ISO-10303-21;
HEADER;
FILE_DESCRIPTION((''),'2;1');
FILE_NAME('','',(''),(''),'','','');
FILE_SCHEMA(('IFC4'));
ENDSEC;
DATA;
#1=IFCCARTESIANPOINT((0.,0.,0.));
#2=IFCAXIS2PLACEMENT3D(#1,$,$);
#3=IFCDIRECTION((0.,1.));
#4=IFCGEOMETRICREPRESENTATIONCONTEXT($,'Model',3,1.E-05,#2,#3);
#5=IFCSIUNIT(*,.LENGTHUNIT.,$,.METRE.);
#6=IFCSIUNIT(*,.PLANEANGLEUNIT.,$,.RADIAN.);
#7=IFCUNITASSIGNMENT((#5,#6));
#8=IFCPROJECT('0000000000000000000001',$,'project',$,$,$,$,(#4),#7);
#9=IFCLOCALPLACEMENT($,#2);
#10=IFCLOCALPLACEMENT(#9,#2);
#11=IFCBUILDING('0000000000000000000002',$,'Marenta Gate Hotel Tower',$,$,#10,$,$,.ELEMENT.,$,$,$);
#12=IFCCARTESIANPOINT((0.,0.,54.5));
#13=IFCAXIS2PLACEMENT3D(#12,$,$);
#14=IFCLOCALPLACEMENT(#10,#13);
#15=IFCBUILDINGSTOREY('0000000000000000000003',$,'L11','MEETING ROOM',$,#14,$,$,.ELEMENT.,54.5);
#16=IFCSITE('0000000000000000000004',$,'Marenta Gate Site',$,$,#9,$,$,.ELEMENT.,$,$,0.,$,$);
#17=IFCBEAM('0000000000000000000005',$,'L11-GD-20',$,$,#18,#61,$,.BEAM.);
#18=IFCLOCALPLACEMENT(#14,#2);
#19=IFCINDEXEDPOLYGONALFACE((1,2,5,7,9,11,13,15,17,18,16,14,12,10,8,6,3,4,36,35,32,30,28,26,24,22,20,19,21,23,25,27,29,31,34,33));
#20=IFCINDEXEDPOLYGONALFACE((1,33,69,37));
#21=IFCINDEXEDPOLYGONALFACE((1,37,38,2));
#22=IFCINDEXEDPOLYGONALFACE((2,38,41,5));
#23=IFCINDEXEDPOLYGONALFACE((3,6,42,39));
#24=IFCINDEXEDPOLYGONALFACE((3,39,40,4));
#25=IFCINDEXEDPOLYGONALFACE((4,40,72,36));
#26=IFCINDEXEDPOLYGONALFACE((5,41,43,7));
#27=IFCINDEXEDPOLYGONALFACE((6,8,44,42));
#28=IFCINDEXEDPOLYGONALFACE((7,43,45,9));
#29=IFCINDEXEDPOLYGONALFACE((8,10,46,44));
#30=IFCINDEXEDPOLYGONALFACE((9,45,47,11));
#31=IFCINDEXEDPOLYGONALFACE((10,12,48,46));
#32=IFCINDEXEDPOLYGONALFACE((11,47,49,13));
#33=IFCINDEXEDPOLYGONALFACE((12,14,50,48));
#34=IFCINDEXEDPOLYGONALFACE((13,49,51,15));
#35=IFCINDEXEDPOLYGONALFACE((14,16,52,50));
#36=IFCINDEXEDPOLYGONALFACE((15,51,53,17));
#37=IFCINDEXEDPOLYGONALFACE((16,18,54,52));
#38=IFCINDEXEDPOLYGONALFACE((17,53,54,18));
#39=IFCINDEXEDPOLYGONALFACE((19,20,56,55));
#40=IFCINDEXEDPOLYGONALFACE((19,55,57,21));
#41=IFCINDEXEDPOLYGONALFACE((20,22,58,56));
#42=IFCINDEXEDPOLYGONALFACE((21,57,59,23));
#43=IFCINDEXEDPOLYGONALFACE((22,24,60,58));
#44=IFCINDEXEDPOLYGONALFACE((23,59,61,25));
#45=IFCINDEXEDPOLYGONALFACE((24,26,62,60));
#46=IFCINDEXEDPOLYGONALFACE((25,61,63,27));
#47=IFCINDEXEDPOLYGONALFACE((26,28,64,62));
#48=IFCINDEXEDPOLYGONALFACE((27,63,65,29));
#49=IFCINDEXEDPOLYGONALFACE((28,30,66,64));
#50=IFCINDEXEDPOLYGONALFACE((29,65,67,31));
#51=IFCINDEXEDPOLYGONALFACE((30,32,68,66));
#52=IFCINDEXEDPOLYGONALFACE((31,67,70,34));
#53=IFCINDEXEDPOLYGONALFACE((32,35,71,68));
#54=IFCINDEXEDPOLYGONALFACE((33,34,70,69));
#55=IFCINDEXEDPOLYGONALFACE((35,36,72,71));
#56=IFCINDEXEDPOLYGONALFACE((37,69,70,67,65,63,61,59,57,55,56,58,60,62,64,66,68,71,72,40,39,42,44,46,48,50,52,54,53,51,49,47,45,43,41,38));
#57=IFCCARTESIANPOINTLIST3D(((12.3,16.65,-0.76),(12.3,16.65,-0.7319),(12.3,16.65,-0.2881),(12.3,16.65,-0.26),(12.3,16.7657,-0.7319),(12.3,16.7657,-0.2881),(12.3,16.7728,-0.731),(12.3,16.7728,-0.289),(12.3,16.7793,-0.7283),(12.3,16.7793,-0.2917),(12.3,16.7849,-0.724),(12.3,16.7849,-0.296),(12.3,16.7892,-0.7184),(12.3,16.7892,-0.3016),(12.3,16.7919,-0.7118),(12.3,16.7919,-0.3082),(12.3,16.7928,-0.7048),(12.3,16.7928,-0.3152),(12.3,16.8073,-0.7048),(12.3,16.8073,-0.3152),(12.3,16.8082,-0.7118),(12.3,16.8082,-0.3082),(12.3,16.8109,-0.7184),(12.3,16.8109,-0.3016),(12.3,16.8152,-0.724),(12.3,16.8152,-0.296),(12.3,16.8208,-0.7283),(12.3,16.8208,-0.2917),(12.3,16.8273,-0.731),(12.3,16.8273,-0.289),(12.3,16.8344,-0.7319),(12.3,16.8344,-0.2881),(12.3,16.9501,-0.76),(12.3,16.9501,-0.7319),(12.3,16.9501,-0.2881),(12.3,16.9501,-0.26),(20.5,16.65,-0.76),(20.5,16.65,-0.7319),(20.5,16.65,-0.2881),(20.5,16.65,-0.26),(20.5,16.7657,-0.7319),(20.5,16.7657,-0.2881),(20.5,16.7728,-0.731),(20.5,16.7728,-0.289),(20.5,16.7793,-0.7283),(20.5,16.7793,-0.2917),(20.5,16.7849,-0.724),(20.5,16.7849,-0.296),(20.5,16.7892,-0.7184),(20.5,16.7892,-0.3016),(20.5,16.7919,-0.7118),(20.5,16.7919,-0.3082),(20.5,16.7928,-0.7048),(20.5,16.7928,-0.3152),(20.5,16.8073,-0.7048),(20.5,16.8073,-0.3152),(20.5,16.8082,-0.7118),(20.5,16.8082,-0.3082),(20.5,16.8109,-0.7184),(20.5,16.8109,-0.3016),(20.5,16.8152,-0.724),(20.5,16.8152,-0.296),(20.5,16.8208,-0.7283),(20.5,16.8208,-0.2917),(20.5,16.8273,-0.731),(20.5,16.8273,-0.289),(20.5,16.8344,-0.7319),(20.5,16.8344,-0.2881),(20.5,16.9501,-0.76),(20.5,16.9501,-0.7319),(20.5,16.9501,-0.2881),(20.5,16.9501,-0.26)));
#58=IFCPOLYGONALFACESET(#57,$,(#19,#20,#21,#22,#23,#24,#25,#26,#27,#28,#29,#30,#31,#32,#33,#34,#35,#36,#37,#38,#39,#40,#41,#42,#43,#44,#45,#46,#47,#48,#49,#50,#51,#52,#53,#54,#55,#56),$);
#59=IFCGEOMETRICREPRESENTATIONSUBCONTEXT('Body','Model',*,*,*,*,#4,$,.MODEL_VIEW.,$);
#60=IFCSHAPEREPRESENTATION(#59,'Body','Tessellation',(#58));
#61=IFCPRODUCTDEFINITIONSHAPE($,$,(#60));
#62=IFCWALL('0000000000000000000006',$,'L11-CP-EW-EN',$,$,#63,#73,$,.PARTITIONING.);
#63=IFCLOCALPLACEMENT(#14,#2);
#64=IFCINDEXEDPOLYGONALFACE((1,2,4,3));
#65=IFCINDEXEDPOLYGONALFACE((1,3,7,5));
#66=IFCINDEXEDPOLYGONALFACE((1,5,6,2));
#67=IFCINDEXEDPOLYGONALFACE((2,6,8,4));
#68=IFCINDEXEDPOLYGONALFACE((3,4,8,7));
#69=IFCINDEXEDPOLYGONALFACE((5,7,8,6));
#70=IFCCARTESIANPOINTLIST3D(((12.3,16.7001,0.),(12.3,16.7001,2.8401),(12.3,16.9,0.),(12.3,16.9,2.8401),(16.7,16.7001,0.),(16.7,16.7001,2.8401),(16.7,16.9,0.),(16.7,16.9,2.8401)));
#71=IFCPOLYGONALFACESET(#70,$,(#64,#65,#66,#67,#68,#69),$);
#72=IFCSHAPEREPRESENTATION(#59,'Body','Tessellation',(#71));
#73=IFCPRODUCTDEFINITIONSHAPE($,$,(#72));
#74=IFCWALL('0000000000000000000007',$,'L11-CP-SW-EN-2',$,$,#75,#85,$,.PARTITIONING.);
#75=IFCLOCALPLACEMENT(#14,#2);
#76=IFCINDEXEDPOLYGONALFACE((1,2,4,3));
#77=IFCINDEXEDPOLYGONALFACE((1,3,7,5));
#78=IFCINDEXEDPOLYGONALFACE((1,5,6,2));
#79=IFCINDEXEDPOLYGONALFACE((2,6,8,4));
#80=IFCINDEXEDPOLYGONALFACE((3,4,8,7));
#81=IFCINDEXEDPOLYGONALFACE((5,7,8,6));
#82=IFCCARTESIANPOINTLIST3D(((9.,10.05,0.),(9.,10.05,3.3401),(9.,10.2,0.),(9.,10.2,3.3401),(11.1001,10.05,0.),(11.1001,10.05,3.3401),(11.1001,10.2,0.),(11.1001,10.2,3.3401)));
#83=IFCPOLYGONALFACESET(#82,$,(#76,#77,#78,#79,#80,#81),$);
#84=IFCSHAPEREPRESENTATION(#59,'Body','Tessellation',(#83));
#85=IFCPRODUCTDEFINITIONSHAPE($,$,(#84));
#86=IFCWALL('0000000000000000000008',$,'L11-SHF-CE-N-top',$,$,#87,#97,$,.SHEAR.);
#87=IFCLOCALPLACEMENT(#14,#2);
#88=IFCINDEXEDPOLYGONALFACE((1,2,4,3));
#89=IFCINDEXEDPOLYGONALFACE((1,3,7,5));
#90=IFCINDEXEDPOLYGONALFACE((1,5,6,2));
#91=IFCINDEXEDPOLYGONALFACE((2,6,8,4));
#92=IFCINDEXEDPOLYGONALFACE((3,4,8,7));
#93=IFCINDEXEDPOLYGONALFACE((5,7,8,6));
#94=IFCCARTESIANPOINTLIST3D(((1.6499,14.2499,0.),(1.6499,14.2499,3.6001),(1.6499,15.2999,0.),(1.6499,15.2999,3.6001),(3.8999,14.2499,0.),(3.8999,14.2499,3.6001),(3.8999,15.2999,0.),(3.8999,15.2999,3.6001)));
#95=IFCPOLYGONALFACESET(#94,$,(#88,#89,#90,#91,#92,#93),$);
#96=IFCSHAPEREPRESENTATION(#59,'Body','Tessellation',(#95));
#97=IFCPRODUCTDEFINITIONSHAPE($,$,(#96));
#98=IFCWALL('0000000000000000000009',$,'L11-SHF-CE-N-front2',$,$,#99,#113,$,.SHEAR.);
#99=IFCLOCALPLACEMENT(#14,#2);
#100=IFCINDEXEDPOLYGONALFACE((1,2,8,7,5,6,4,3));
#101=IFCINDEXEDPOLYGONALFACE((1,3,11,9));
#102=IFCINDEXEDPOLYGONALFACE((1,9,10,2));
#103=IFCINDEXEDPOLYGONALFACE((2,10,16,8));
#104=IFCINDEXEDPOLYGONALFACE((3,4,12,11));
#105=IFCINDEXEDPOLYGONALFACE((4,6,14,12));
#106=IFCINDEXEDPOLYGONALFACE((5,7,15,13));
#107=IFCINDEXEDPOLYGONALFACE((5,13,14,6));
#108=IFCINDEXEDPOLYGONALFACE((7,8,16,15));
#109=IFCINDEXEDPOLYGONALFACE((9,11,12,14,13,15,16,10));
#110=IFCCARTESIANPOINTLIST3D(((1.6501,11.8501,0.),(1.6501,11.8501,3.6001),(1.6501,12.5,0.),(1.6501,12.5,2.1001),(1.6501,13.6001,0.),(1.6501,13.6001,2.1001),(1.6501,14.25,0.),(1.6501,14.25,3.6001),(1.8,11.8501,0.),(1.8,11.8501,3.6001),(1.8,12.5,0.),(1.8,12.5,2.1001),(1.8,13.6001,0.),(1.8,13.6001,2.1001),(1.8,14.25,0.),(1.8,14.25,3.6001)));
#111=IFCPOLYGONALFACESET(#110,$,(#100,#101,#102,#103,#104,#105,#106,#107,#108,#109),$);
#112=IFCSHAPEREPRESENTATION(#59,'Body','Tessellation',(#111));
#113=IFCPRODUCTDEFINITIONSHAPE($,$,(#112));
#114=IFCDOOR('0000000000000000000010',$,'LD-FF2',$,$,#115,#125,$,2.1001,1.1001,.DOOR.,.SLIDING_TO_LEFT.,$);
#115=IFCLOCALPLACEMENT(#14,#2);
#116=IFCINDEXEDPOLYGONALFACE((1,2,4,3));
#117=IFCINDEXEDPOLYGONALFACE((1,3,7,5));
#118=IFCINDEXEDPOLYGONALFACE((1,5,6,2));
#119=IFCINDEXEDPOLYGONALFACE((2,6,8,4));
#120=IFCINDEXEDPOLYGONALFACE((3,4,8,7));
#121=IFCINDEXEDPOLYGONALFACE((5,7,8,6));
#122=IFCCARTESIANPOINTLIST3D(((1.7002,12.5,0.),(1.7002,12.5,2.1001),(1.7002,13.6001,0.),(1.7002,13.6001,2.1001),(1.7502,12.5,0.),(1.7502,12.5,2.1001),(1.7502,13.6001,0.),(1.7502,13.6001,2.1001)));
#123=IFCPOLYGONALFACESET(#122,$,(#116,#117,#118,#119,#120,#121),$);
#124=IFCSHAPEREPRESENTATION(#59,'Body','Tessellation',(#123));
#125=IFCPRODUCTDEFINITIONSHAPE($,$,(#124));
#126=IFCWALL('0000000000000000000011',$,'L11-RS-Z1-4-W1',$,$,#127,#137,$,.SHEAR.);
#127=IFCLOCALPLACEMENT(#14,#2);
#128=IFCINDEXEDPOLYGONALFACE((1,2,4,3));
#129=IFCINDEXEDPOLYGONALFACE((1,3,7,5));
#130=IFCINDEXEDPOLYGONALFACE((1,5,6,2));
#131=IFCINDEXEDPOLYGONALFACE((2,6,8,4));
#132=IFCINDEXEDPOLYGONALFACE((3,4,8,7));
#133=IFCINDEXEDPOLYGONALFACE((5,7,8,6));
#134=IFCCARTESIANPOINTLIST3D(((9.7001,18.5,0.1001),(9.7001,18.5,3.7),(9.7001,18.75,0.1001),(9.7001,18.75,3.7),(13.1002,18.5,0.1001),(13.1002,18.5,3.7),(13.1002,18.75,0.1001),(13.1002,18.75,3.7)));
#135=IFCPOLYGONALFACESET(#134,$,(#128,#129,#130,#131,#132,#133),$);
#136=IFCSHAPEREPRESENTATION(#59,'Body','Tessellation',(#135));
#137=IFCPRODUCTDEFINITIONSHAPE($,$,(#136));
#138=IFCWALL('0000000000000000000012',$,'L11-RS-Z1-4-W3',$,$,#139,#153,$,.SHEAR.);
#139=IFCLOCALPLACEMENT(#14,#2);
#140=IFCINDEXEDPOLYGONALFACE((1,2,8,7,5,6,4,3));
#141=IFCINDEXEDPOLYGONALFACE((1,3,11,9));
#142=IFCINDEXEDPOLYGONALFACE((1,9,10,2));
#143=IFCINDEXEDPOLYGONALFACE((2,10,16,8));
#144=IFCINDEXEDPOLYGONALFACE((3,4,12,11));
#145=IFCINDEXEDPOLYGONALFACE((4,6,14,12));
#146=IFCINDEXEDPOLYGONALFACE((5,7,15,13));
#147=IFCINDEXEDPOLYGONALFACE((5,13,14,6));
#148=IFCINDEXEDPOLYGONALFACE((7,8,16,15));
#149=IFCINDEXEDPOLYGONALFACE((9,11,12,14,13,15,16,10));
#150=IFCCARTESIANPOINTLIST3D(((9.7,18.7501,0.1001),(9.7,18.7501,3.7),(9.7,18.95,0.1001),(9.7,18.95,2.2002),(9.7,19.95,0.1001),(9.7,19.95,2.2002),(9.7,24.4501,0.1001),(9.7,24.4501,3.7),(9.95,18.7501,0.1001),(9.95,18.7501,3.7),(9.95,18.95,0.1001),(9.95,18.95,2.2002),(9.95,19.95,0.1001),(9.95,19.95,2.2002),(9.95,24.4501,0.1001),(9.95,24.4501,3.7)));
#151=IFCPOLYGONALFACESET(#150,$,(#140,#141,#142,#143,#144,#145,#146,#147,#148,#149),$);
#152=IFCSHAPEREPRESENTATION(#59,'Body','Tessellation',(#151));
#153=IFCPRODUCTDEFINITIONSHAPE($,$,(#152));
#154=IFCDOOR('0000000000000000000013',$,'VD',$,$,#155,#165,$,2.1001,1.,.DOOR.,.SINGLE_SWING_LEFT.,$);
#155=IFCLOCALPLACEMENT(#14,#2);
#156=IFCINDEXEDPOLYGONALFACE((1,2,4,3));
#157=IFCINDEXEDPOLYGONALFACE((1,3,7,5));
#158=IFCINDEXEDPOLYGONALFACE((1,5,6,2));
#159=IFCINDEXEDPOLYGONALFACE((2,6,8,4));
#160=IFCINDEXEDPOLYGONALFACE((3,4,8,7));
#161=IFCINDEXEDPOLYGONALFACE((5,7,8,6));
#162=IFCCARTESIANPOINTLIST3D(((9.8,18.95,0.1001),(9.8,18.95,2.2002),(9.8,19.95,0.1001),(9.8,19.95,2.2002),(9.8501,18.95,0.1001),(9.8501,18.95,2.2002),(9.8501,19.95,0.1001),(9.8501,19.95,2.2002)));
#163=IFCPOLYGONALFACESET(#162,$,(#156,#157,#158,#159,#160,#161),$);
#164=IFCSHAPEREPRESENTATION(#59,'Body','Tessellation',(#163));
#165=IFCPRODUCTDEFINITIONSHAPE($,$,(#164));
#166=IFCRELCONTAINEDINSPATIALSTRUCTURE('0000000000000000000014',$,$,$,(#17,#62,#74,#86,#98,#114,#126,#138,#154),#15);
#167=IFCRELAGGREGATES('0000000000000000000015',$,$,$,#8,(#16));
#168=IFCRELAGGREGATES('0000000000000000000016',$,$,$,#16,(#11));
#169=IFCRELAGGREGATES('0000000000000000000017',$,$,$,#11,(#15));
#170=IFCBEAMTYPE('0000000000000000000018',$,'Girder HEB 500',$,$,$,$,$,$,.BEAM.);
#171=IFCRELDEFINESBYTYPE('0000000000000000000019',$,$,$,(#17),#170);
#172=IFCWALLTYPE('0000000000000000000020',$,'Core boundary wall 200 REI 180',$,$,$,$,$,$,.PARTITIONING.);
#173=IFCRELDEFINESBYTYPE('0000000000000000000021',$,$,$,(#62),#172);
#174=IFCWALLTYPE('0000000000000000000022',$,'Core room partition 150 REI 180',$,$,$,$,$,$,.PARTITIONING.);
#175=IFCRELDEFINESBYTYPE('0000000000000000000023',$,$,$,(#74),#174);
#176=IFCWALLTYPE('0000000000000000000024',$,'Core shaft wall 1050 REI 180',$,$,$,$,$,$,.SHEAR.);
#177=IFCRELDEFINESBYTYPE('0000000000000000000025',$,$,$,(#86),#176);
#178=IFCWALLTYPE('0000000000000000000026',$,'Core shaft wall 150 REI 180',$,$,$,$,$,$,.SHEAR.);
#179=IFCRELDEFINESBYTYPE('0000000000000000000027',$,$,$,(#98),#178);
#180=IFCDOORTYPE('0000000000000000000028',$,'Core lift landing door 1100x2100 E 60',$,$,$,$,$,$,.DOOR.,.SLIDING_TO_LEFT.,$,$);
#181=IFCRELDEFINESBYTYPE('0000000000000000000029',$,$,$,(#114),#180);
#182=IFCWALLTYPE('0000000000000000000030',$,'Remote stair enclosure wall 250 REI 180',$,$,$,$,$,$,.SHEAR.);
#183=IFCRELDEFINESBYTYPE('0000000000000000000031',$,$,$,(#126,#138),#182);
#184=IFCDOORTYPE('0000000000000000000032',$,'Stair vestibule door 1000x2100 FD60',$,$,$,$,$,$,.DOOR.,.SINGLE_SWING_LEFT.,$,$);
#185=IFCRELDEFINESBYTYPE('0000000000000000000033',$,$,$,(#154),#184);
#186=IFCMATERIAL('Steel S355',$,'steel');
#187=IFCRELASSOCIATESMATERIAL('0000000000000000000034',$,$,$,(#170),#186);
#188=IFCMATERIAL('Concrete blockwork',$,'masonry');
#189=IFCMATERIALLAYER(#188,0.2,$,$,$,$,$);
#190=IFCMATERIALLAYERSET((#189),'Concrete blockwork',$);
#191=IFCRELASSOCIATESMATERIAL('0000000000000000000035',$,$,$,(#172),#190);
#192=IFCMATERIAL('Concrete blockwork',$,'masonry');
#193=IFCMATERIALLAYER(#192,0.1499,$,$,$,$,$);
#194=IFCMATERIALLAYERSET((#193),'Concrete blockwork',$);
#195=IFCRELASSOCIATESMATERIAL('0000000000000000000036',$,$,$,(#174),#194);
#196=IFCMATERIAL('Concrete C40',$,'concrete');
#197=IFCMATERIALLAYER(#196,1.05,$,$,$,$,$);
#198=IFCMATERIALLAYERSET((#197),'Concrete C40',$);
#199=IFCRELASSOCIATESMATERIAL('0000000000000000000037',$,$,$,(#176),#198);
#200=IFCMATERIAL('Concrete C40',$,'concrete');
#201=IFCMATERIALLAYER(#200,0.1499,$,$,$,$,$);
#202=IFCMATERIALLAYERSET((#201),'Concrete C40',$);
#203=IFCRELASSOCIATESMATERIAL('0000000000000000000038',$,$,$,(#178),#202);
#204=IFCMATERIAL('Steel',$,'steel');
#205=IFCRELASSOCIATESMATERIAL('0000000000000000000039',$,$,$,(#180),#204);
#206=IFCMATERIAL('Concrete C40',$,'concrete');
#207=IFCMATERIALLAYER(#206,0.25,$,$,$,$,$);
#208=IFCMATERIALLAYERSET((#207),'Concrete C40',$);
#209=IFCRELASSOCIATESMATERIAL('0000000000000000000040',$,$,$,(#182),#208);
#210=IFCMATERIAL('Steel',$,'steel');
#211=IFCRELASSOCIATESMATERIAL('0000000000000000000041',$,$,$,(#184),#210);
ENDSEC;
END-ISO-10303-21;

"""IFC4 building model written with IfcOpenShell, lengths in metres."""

from ifc_helpers import new_model, si_unit, direction, frame, frame_2d, origin, origin_2d, place, context, subcontext, project, spatial, rectangle, i_section, extrude, material, layer, layer_set, material_profile, profile_set, type_object, element, fill, save


model = new_model("IFC4")

# Units and contexts
model_context = context("Model", 3, precision=1e-05, world=origin(), true_north=direction((0.0, 1.0)))
body_context = subcontext(model_context, "Body", "Model", "MODEL_VIEW")
ifc_project = project(units=[si_unit("LENGTHUNIT", "METRE"), si_unit("PLANEANGLEUNIT", "RADIAN")], contexts=[model_context])

# Site, building, storey
site_placement = place(None, origin())
site = spatial("IfcSite", under=ifc_project, at=site_placement, Name="Marenta Gate Site", CompositionType="ELEMENT", RefElevation=0.0)
building_placement = place(site_placement, origin())
building = spatial("IfcBuilding", under=site, at=building_placement, Name="Marenta Gate Hotel Tower", CompositionType="ELEMENT")
storey_placement = place(building_placement, frame((0.0, 0.0, 54.5)))
storey = spatial("IfcBuildingStorey", under=building, at=storey_placement, Name="L11", Description="MEETING ROOM", CompositionType="ELEMENT", Elevation=54.5)

# Beam
ifc_material_1 = material(Name="Steel S355", Category="steel")
ifc_material_profile = material_profile(ifc_material_1, i_section(OverallWidth=0.3, OverallDepth=0.5, WebThickness=0.0144, FlangeThickness=0.0281, FilletRadius=0.0271, at=origin_2d()), Name="HEB 500")
ifc_profile_set = profile_set([ifc_material_profile], Name="Steel S355")
beam_type = type_object("IfcBeamType", Name="Girder HEB 500", PredefinedType="BEAM", material=ifc_profile_set)
beam_placement = place(storey_placement, frame((12.3, 16.8, -0.51), z_axis=(1.0, 0.0, 0.0), x_axis=(0.0, 1.0, 0.0)))
element("IfcBeam", 1, at=beam_placement, inside=storey, type_object=beam_type, Name="L11-GD-20", PredefinedType="BEAM", context=body_context, shape_type="SweptSolid", body=[
    extrude(i_section(OverallWidth=0.3, OverallDepth=0.5, WebThickness=0.0144, FlangeThickness=0.0281, FilletRadius=0.0271, at=origin_2d()), origin(), (0.0, 0.0, 1.0), 8.2),
])

# Walls
ifc_material_2 = material(Name="Concrete blockwork", Category="masonry")
ifc_layer_1 = layer(ifc_material_2, 0.2)
ifc_layer_set_1 = layer_set([ifc_layer_1], Name="Concrete blockwork")
wall_type_1 = type_object("IfcWallType", Name="Core boundary wall 200 REI 180", PredefinedType="PARTITIONING", material=ifc_layer_set_1)
wall_1_placement = place(storey_placement, frame((12.3, 16.8, 0.0), z_axis=(0.0, 0.0, 1.0), x_axis=(1.0, 0.0, 0.0)))
element("IfcWall", 2, at=wall_1_placement, inside=storey, type_object=wall_type_1, Name="L11-CP-EW-EN", PredefinedType="PARTITIONING", context=body_context, shape_type="SweptSolid", body=[
    extrude(rectangle(XDim=4.3999, YDim=0.2, at=frame_2d((2.2, 0.0))), origin(), (0.0, 0.0, 1.0), 2.8401),
])
ifc_material_3 = material(Name="Concrete blockwork", Category="masonry")
ifc_layer_2 = layer(ifc_material_3, 0.1499)
ifc_layer_set_2 = layer_set([ifc_layer_2], Name="Concrete blockwork")
wall_type_2 = type_object("IfcWallType", Name="Core room partition 150 REI 180", PredefinedType="PARTITIONING", material=ifc_layer_set_2)
wall_2_placement = place(storey_placement, frame((9.0, 10.125, 0.0), z_axis=(0.0, 0.0, 1.0), x_axis=(1.0, 0.0, 0.0)))
element("IfcWall", 3, at=wall_2_placement, inside=storey, type_object=wall_type_2, Name="L11-CP-SW-EN-2", PredefinedType="PARTITIONING", context=body_context, shape_type="SweptSolid", body=[
    extrude(rectangle(XDim=2.1001, YDim=0.1499, at=frame_2d((1.05, 0.0))), origin(), (0.0, 0.0, 1.0), 3.3401),
])
ifc_material_4 = material(Name="Concrete C40", Category="concrete")
ifc_layer_3 = layer(ifc_material_4, 1.05)
ifc_layer_set_3 = layer_set([ifc_layer_3], Name="Concrete C40")
wall_type_3 = type_object("IfcWallType", Name="Core shaft wall 1050 REI 180", PredefinedType="SHEAR", material=ifc_layer_set_3)
wall_3_placement = place(storey_placement, frame((1.6499, 14.7749, 0.0), z_axis=(0.0, 0.0, 1.0), x_axis=(1.0, 0.0, 0.0)))
element("IfcWall", 4, at=wall_3_placement, inside=storey, type_object=wall_type_3, Name="L11-SHF-CE-N-top", PredefinedType="SHEAR", context=body_context, shape_type="SweptSolid", body=[
    extrude(rectangle(XDim=2.25, YDim=1.05, at=frame_2d((1.125, 0.0))), origin(), (0.0, 0.0, 1.0), 3.6001),
])

# Wall, opening, door
ifc_material_5 = material(Name="Concrete C40", Category="concrete")
ifc_layer_4 = layer(ifc_material_5, 0.1499)
ifc_layer_set_4 = layer_set([ifc_layer_4], Name="Concrete C40")
wall_type_4 = type_object("IfcWallType", Name="Core shaft wall 150 REI 180", PredefinedType="SHEAR", material=ifc_layer_set_4)
wall_4_placement = place(storey_placement, frame((1.7251, 11.8501, 0.0), z_axis=(0.0, 0.0, 1.0), x_axis=(0.0, 1.0, 0.0)))
wall_4 = element("IfcWall", 5, at=wall_4_placement, inside=storey, type_object=wall_type_4, Name="L11-SHF-CE-N-front2", PredefinedType="SHEAR", context=body_context, shape_type="SweptSolid", body=[
    extrude(rectangle(XDim=2.3999, YDim=0.1499, at=frame_2d((1.2, 0.0))), origin(), (0.0, 0.0, 1.0), 3.6001),
])
opening_1_placement = place(wall_4_placement, frame((0.6499, 0.0, 0.0)))
opening_1 = element("IfcOpeningElement", 6, at=opening_1_placement, cuts=wall_4, PredefinedType="OPENING", context=body_context, shape_type="SweptSolid", body=[
    extrude(rectangle(XDim=1.1001, YDim=2.1001, at=frame_2d((0.55, 1.05))), frame((0.0, 0.075, 0.0), z_axis=(0.0, -1.0, 0.0), x_axis=(1.0, 0.0, 0.0)), (0.0, 0.0, 1.0), 0.1499),
])
ifc_material_6 = material(Name="Steel", Category="steel")
door_type_1 = type_object("IfcDoorType", Name="Core lift landing door 1100x2100 E 60", OperationType="SLIDING_TO_LEFT", PredefinedType="DOOR", material=ifc_material_6)
door_1_placement = place(opening_1_placement, origin())
door_1 = element("IfcDoor", 7, at=door_1_placement, inside=storey, type_object=door_type_1, Name="LD-FF2", OperationType="SLIDING_TO_LEFT", OverallHeight=2.1001, OverallWidth=1.1001, PredefinedType="DOOR", context=body_context, shape_type="SweptSolid", body=[
    extrude(rectangle(XDim=1.1001, YDim=2.1001, at=frame_2d((0.55, 1.05))), frame((0.0, 0.0249, 0.0), z_axis=(0.0, -1.0, 0.0), x_axis=(1.0, 0.0, 0.0)), (0.0, 0.0, 1.0), 0.05),
])
fill(opening_1, door_1)

# Wall
ifc_material_7 = material(Name="Concrete C40", Category="concrete")
ifc_layer_5 = layer(ifc_material_7, 0.25)
ifc_layer_set_5 = layer_set([ifc_layer_5], Name="Concrete C40")
wall_type_5 = type_object("IfcWallType", Name="Remote stair enclosure wall 250 REI 180", PredefinedType="SHEAR", material=ifc_layer_set_5)
wall_5_placement = place(storey_placement, frame((9.7, 18.625, 0.1001), z_axis=(0.0, 0.0, 1.0), x_axis=(1.0, 0.0, 0.0)))
element("IfcWall", 8, at=wall_5_placement, inside=storey, type_object=wall_type_5, Name="L11-RS-Z1-4-W1", PredefinedType="SHEAR", context=body_context, shape_type="SweptSolid", body=[
    extrude(rectangle(XDim=3.4001, YDim=0.25, at=frame_2d((1.7002, 0.0))), origin(), (0.0, 0.0, 1.0), 3.5999),
])

# Wall, opening, door
wall_6_placement = place(storey_placement, frame((9.825, 18.75, 0.1001), z_axis=(0.0, 0.0, 1.0), x_axis=(0.0, 1.0, 0.0)))
wall_6 = element("IfcWall", 9, at=wall_6_placement, inside=storey, type_object=wall_type_5, Name="L11-RS-Z1-4-W3", PredefinedType="SHEAR", context=body_context, shape_type="SweptSolid", body=[
    extrude(rectangle(XDim=5.7, YDim=0.25, at=frame_2d((2.8501, 0.0))), origin(), (0.0, 0.0, 1.0), 3.5999),
])
opening_2_placement = place(wall_6_placement, frame((0.2, 0.0, 0.0)))
opening_2 = element("IfcOpeningElement", 10, at=opening_2_placement, cuts=wall_6, PredefinedType="OPENING", context=body_context, shape_type="SweptSolid", body=[
    extrude(rectangle(XDim=1.0, YDim=2.1001, at=frame_2d((0.5, 1.05))), frame((0.0, 0.125, 0.0), z_axis=(0.0, -1.0, 0.0), x_axis=(1.0, 0.0, 0.0)), (0.0, 0.0, 1.0), 0.25),
])
ifc_material_8 = material(Name="Steel", Category="steel")
door_type_2 = type_object("IfcDoorType", Name="Stair vestibule door 1000x2100 FD60", OperationType="SINGLE_SWING_LEFT", PredefinedType="DOOR", material=ifc_material_8)
door_2_placement = place(opening_2_placement, origin())
door_2 = element("IfcDoor", 11, at=door_2_placement, inside=storey, type_object=door_type_2, Name="VD", OperationType="SINGLE_SWING_LEFT", OverallHeight=2.1001, OverallWidth=1.0, PredefinedType="DOOR", context=body_context, shape_type="SweptSolid", body=[
    extrude(rectangle(XDim=1.0, YDim=2.1001, at=frame_2d((0.5, 1.05))), frame((0.0, 0.0249, 0.0), z_axis=(0.0, -1.0, 0.0), x_axis=(1.0, 0.0, 0.0)), (0.0, 0.0, 1.0), 0.05),
])
fill(opening_2, door_2)

save(model, "model.ifc")
